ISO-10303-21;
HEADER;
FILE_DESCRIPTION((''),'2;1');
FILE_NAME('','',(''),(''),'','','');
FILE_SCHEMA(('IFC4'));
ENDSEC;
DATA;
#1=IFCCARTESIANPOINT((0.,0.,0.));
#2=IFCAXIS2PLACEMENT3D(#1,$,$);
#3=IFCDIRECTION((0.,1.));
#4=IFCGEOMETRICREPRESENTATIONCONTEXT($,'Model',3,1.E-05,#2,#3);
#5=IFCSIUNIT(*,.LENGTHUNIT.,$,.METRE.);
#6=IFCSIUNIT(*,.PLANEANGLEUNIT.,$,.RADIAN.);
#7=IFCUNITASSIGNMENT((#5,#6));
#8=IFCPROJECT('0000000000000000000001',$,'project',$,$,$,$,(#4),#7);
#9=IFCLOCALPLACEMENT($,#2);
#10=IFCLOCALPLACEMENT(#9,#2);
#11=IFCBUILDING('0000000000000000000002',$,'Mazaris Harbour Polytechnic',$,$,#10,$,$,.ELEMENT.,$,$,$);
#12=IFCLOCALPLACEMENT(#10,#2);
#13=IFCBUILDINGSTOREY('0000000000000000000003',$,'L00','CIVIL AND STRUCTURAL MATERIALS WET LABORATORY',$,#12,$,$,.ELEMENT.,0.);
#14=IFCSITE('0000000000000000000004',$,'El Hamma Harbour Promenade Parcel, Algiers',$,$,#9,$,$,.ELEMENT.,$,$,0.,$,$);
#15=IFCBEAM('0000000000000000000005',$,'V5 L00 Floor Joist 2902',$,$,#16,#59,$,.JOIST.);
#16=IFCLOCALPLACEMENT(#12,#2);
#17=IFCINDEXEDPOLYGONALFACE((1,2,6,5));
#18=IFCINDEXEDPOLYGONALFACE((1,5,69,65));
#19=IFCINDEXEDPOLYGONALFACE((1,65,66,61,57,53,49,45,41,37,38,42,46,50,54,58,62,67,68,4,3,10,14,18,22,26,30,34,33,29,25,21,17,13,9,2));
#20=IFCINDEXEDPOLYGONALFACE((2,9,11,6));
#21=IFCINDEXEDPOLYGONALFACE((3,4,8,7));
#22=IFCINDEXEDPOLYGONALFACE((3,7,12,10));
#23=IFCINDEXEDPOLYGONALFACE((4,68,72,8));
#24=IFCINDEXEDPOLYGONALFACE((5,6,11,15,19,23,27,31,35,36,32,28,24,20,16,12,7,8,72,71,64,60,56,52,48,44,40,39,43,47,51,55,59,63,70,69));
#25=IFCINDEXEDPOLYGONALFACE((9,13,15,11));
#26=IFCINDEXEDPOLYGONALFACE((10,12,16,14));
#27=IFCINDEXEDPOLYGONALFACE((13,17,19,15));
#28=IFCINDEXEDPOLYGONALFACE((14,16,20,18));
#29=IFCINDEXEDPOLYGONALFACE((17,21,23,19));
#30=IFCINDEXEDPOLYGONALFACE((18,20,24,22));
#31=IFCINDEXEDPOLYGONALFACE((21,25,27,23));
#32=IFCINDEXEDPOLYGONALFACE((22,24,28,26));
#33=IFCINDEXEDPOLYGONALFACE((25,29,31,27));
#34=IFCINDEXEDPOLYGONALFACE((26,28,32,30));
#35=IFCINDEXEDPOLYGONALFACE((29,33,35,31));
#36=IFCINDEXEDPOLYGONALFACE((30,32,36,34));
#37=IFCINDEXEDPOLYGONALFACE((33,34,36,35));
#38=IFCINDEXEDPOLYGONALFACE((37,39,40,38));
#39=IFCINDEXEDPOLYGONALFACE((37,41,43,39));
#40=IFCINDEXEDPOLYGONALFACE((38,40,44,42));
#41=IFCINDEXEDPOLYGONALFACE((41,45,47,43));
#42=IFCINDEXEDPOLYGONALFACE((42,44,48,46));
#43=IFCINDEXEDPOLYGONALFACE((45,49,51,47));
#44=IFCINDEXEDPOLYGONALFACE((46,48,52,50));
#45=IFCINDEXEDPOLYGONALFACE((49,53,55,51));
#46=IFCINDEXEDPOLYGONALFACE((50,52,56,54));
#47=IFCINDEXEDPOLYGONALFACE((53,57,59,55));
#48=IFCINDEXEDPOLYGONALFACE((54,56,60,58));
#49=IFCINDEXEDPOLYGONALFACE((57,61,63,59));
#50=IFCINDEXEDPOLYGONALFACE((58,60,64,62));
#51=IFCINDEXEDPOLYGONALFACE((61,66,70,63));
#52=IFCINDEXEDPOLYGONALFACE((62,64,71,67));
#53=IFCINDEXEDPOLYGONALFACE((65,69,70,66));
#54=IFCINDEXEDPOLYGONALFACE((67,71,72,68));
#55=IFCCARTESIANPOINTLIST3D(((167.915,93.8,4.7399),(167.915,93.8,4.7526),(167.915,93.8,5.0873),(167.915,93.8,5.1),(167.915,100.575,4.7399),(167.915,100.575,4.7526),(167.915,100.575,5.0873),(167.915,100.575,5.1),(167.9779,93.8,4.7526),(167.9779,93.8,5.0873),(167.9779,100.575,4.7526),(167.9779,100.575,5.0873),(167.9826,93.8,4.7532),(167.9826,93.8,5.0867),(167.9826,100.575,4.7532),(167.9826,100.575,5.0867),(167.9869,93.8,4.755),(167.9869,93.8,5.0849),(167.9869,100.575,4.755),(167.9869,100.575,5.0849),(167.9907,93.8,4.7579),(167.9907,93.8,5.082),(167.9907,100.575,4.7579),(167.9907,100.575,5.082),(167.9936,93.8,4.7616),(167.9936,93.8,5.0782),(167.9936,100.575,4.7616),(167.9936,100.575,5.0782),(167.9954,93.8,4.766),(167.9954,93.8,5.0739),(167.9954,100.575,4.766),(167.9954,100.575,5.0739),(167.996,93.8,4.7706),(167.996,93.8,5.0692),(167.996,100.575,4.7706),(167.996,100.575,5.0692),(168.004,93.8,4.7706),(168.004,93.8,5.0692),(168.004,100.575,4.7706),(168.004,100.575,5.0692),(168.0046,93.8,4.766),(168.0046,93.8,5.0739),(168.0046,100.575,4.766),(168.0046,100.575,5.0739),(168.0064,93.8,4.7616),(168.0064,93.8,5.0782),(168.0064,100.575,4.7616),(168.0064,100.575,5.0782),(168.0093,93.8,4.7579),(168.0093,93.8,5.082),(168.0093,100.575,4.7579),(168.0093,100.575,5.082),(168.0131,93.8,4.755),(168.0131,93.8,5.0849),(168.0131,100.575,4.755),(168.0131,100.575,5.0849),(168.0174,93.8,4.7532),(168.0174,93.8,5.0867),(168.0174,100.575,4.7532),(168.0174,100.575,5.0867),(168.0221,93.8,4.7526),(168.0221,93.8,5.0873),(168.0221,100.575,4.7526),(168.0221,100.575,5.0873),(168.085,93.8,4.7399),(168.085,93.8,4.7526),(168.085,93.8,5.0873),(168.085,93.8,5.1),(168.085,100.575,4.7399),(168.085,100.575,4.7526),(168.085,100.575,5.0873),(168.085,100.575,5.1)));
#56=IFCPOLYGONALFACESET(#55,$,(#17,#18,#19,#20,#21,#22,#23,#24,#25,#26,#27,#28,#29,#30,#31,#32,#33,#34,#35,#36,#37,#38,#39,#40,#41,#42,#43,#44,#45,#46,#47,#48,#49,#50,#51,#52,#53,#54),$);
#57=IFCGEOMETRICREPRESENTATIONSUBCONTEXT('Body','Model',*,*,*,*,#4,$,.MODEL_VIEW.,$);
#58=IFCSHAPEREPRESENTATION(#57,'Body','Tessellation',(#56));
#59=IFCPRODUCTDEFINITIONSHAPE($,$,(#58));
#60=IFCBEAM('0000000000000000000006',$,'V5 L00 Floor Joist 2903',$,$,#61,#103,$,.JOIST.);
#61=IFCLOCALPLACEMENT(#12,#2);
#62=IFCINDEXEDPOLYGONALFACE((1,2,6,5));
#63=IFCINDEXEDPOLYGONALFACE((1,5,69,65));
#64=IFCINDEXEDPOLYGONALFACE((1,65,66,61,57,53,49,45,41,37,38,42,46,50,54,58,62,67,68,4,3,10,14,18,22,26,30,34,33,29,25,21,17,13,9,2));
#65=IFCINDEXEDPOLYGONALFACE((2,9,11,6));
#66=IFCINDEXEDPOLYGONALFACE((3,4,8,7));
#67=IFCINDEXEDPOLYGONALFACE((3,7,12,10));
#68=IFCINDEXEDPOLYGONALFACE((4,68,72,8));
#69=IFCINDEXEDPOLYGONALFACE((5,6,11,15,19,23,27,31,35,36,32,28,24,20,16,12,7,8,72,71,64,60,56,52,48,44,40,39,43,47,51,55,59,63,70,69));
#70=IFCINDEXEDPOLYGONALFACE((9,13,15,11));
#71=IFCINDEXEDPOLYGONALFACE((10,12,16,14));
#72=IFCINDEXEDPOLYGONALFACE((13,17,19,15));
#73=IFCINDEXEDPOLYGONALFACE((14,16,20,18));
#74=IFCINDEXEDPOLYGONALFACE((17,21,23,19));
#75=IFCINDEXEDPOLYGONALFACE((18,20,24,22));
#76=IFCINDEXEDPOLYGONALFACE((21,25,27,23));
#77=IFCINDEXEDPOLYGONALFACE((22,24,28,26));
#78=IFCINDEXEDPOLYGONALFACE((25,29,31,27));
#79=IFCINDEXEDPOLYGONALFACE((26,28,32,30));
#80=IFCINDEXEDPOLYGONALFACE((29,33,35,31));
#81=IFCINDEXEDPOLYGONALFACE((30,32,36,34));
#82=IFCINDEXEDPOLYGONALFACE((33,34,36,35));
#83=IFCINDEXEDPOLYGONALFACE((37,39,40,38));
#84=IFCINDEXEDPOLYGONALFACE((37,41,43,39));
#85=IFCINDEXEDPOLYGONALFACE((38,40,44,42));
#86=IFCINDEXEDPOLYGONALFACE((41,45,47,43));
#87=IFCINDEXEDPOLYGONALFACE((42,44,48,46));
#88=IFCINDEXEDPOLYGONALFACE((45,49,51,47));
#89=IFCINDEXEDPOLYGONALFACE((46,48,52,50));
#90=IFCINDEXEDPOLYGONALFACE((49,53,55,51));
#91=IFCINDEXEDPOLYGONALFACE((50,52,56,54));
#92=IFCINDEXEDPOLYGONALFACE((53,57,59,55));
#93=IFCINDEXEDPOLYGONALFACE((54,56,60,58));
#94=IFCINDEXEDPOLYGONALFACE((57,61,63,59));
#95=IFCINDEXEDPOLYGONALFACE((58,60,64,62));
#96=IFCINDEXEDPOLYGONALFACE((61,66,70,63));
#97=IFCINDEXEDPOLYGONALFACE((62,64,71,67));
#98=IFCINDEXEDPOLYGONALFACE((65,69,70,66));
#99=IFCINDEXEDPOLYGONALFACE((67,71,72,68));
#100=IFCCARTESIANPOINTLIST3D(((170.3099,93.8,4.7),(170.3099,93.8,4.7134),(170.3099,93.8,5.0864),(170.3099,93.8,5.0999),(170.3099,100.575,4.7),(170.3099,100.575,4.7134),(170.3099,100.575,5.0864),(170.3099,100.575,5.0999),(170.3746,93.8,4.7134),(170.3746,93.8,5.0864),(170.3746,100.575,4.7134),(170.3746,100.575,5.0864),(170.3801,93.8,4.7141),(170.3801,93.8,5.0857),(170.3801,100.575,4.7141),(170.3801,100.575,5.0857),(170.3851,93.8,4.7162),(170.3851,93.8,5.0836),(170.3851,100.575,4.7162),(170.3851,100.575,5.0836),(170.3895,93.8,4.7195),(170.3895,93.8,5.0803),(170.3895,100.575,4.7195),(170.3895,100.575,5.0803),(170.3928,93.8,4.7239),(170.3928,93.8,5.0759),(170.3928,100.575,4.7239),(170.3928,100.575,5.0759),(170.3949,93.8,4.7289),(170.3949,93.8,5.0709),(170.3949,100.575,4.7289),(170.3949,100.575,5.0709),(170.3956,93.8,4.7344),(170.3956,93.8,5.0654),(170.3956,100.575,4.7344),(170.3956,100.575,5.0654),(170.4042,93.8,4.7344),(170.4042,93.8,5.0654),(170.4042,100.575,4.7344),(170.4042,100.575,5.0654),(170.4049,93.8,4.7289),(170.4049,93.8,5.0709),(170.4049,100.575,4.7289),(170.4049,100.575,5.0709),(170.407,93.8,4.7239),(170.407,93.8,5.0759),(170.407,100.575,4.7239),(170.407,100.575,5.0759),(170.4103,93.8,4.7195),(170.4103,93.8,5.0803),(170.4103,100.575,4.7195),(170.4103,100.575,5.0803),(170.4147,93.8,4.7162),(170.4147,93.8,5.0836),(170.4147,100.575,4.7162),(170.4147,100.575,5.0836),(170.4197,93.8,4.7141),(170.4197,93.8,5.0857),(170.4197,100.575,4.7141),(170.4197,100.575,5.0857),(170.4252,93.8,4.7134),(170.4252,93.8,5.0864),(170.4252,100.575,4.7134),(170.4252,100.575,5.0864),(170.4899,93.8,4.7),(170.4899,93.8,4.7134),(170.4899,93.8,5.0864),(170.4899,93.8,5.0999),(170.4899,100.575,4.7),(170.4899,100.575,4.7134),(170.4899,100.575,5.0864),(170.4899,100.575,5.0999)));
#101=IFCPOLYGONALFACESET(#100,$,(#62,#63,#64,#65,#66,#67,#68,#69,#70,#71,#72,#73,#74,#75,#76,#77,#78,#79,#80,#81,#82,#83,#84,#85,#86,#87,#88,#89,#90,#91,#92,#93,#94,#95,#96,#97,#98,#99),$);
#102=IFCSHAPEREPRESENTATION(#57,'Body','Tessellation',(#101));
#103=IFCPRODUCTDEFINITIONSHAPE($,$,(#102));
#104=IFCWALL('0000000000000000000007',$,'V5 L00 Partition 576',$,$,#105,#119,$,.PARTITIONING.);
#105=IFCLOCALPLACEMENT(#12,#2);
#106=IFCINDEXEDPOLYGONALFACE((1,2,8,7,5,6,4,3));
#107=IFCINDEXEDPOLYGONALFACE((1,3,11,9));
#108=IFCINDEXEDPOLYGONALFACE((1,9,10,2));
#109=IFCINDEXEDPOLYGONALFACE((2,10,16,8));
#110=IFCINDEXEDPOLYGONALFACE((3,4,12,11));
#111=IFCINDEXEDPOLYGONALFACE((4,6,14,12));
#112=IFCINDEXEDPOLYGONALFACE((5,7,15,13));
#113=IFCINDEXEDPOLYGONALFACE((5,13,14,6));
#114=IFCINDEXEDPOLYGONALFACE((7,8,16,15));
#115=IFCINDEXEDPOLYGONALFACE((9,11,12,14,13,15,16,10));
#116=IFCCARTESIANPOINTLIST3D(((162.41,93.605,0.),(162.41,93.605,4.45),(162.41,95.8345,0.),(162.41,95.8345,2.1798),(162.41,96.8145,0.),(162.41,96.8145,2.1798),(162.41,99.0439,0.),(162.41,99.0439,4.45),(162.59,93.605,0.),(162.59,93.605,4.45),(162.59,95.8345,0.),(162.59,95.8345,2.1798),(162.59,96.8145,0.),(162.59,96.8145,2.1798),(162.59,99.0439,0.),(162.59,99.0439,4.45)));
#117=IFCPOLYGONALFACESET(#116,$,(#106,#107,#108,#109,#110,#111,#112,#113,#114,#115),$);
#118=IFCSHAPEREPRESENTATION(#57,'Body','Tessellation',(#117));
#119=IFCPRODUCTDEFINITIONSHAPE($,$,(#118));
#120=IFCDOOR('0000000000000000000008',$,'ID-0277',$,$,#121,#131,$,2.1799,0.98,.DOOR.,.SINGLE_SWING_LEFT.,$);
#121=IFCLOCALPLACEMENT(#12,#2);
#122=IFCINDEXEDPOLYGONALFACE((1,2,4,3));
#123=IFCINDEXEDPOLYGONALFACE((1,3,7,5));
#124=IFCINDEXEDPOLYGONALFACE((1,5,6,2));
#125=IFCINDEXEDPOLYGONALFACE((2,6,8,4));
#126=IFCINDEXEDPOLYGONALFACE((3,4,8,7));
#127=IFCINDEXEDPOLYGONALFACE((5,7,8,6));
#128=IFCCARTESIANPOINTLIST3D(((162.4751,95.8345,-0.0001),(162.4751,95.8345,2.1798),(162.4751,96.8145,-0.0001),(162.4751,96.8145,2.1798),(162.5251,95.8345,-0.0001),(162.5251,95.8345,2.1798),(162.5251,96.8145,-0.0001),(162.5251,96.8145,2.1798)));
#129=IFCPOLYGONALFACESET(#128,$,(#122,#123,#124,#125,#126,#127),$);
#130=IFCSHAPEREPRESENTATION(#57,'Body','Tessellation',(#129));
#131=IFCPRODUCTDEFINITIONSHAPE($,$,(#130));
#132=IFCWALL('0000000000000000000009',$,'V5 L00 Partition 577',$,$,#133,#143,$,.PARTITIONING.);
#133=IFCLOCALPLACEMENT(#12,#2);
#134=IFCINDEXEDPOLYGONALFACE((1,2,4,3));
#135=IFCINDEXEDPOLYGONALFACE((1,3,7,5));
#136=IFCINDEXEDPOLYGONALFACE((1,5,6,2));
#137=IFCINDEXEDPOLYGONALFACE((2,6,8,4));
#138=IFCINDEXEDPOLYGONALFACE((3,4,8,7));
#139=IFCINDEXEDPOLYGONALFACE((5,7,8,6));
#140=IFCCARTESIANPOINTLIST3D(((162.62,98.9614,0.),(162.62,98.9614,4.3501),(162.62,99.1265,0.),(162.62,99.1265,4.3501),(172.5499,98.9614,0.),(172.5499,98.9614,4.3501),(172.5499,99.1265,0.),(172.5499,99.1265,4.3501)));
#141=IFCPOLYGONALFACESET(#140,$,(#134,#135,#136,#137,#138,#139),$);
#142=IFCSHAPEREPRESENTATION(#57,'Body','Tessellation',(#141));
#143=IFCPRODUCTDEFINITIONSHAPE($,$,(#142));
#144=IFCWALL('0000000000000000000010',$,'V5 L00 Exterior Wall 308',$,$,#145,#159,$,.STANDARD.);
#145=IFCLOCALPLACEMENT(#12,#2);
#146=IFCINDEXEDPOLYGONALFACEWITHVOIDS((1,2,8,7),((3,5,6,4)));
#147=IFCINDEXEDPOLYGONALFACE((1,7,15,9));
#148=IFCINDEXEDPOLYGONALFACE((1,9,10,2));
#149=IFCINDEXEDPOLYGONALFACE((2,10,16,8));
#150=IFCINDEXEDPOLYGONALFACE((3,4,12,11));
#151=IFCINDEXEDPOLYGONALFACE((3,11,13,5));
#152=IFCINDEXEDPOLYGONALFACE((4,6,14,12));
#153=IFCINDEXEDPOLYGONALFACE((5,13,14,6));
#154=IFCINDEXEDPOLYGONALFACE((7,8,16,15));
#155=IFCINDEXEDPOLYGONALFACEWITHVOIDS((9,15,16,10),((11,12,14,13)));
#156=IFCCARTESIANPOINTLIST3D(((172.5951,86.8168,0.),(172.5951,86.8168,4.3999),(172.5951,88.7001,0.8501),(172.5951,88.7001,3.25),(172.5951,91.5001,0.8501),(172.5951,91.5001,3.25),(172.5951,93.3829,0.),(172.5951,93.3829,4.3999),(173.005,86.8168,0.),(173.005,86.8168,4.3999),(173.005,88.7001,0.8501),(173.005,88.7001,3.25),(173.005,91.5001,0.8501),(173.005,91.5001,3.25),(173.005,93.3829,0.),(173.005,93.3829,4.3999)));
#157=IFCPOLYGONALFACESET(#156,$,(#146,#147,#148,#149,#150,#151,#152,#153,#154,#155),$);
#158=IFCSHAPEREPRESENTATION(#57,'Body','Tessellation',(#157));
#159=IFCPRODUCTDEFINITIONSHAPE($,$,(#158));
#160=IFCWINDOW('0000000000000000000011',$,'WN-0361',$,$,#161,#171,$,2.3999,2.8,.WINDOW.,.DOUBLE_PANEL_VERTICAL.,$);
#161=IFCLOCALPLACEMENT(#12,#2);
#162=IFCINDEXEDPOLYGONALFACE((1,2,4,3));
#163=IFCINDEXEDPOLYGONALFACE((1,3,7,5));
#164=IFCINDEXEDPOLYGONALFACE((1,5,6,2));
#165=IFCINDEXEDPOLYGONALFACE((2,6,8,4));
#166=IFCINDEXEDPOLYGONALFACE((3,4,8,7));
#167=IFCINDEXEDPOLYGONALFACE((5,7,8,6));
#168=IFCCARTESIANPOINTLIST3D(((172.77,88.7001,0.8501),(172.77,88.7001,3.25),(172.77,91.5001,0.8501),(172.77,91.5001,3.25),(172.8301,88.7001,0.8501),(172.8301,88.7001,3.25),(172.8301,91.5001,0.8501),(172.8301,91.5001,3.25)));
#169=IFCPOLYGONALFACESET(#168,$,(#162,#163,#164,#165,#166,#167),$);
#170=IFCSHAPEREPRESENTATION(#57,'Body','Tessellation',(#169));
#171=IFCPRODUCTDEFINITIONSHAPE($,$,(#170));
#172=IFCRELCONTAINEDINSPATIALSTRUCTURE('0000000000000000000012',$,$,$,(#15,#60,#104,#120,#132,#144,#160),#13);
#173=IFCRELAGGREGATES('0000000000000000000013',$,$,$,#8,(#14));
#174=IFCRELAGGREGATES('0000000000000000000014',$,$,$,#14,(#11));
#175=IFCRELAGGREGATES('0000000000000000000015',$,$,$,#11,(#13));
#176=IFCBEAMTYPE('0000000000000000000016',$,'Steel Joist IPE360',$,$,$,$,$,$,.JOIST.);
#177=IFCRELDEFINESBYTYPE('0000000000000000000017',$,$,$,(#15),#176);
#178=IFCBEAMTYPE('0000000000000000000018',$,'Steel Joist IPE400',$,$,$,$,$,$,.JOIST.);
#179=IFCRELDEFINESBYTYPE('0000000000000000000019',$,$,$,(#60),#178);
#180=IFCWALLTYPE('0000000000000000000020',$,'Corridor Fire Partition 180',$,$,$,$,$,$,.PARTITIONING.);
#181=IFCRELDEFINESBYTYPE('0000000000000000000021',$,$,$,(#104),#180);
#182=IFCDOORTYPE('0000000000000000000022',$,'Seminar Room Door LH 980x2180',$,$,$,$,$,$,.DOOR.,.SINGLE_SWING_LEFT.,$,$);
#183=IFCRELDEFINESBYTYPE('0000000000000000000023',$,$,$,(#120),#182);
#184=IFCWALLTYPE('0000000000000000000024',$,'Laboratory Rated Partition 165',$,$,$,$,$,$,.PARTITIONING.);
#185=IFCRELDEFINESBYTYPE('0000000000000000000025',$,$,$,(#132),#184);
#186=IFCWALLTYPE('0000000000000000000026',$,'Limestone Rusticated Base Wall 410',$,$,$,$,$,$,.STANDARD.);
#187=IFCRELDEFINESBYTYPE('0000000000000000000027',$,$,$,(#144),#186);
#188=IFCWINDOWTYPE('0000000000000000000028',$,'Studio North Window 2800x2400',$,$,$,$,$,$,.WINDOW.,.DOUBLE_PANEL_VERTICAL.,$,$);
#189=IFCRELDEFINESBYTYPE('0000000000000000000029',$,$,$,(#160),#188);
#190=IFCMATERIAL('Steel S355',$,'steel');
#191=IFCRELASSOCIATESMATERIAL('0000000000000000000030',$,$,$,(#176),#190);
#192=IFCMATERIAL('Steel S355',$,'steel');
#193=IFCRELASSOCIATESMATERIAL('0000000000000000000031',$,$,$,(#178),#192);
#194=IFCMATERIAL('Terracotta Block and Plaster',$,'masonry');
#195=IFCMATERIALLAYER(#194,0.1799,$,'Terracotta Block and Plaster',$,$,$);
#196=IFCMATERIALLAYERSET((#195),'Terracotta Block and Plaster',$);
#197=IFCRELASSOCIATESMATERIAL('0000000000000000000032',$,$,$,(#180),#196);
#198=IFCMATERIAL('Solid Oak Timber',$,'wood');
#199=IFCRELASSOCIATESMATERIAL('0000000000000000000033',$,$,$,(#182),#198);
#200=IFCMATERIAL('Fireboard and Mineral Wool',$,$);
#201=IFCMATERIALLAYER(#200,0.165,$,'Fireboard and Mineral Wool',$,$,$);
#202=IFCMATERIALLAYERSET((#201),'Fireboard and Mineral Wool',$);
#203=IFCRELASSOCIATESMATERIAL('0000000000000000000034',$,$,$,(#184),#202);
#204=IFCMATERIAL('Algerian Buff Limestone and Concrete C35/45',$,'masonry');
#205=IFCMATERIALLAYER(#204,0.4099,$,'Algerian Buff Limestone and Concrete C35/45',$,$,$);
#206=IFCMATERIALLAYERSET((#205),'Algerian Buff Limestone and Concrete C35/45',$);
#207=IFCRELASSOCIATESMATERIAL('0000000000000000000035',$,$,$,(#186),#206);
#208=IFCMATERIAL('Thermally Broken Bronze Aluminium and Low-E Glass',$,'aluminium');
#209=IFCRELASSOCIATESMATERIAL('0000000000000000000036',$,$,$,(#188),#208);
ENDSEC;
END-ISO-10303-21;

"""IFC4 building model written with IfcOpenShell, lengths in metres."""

from ifc_helpers import new_model, si_unit, direction, frame, frame_2d, origin, origin_2d, place, context, subcontext, project, spatial, rectangle, i_section, extrude, material, layer, layer_set, material_profile, profile_set, type_object, element, fill, save


model = new_model("IFC4")

# Units and contexts
model_context = context("Model", 3, precision=1e-05, world=origin(), true_north=direction((0.0, 1.0)))
body_context = subcontext(model_context, "Body", "Model", "MODEL_VIEW")
ifc_project = project(units=[si_unit("LENGTHUNIT", "METRE"), si_unit("PLANEANGLEUNIT", "RADIAN")], contexts=[model_context])

# Site, building, storey
site_placement = place(None, origin())
site = spatial("IfcSite", under=ifc_project, at=site_placement, Name="El Hamma Harbour Promenade Parcel, Algiers", CompositionType="ELEMENT", RefElevation=0.0)
building_placement = place(site_placement, origin())
building = spatial("IfcBuilding", under=site, at=building_placement, Name="Mazaris Harbour Polytechnic", CompositionType="ELEMENT")
storey_placement = place(building_placement, origin())
storey = spatial("IfcBuildingStorey", under=building, at=storey_placement, Name="L00", Description="CIVIL AND STRUCTURAL MATERIALS WET LABORATORY", CompositionType="ELEMENT", Elevation=0.0)

# Beams
ifc_material_1 = material(Name="Steel S355", Category="steel")
ifc_material_profile_1 = material_profile(ifc_material_1, i_section(OverallWidth=0.1699, OverallDepth=0.3601, WebThickness=0.0081, FlangeThickness=0.0127, FilletRadius=0.0181, at=origin_2d()), Name="IPE 360")
ifc_profile_set_1 = profile_set([ifc_material_profile_1], Name="Steel S355")
beam_type_1 = type_object("IfcBeamType", Name="Steel Joist IPE360", PredefinedType="JOIST", material=ifc_profile_set_1)
for number, where, z_axis, x_axis, name in (
    (1, (168.0, 93.8, 4.9199), (0.0, 1.0, 0.0), (-1.0, 0.0, 0.0), "V5 L00 Floor Joist 2902"),
):
    element("IfcBeam", number, at=place(storey_placement, frame(where, z_axis=z_axis, x_axis=x_axis)), inside=storey, type_object=beam_type_1, Name=name, PredefinedType="JOIST", context=body_context, shape_type="SweptSolid", body=[
        extrude(i_section(OverallWidth=0.1699, OverallDepth=0.3601, WebThickness=0.0081, FlangeThickness=0.0127, FilletRadius=0.0181, at=origin_2d()), origin(), (0.0, 0.0, 1.0), 6.7749),
    ])
ifc_material_2 = material(Name="Steel S355", Category="steel")
ifc_material_profile_2 = material_profile(ifc_material_2, i_section(OverallWidth=0.1799, OverallDepth=0.3999, WebThickness=0.0085, FlangeThickness=0.0134, FilletRadius=0.021, at=origin_2d()), Name="IPE 400")
ifc_profile_set_2 = profile_set([ifc_material_profile_2], Name="Steel S355")
beam_type_2 = type_object("IfcBeamType", Name="Steel Joist IPE400", PredefinedType="JOIST", material=ifc_profile_set_2)
beam_1_placement = place(storey_placement, frame((170.3999, 93.8, 4.8999), z_axis=(0.0, 1.0, 0.0), x_axis=(-1.0, 0.0, 0.0)))
element("IfcBeam", 2, at=beam_1_placement, inside=storey, type_object=beam_type_2, Name="V5 L00 Floor Joist 2903", PredefinedType="JOIST", context=body_context, shape_type="SweptSolid", body=[
    extrude(i_section(OverallWidth=0.1799, OverallDepth=0.3999, WebThickness=0.0085, FlangeThickness=0.0134, FilletRadius=0.021, at=origin_2d()), origin(), (0.0, 0.0, 1.0), 6.7749),
])

# Wall, opening, door
ifc_material_3 = material(Name="Terracotta Block and Plaster", Category="masonry")
ifc_layer_1 = layer(ifc_material_3, 0.1799, Name="Terracotta Block and Plaster")
ifc_layer_set_1 = layer_set([ifc_layer_1], Name="Terracotta Block and Plaster")
wall_type_1 = type_object("IfcWallType", Name="Corridor Fire Partition 180", PredefinedType="PARTITIONING", material=ifc_layer_set_1)
wall_1_placement = place(storey_placement, frame((162.5, 93.605, 0.0), z_axis=(0.0, 0.0, 1.0), x_axis=(0.0, 1.0, 0.0)))
wall_1 = element("IfcWall", 3, at=wall_1_placement, inside=storey, type_object=wall_type_1, Name="V5 L00 Partition 576", PredefinedType="PARTITIONING", context=body_context, shape_type="SweptSolid", body=[
    extrude(rectangle(XDim=5.439, YDim=0.1799, at=frame_2d((2.7195, 0.0))), origin(), (0.0, 0.0, 1.0), 4.45),
])
opening_1_placement = place(wall_1_placement, frame((2.2295, 0.0, 0.0)))
opening_1 = element("IfcOpeningElement", 4, at=opening_1_placement, cuts=wall_1, PredefinedType="OPENING", context=body_context, shape_type="SweptSolid", body=[
    extrude(rectangle(XDim=0.98, YDim=2.1799, at=frame_2d((0.49, 1.0898))), frame((0.0, 0.0999, 0.0), z_axis=(0.0, -1.0, 0.0), x_axis=(1.0, 0.0, 0.0)), (0.0, 0.0, 1.0), 0.2),
])
ifc_material_4 = material(Name="Solid Oak Timber", Category="wood")
door_type_1 = type_object("IfcDoorType", Name="Seminar Room Door LH 980x2180", OperationType="SINGLE_SWING_LEFT", PredefinedType="DOOR", material=ifc_material_4)
door_1_placement = place(opening_1_placement, origin())
door_1 = element("IfcDoor", 5, at=door_1_placement, inside=storey, type_object=door_type_1, Name="ID-0277", OperationType="SINGLE_SWING_LEFT", OverallHeight=2.1799, OverallWidth=0.98, PredefinedType="DOOR", context=body_context, shape_type="SweptSolid", body=[
    extrude(rectangle(XDim=0.98, YDim=2.1799, at=frame_2d((0.49, 1.0898))), frame((0.0, 0.0249, 0.0), z_axis=(0.0, -1.0, 0.0), x_axis=(1.0, 0.0, 0.0)), (0.0, 0.0, 1.0), 0.05),
])
fill(opening_1, door_1)

# Wall
ifc_material_5 = material(Name="Fireboard and Mineral Wool")
ifc_layer_2 = layer(ifc_material_5, 0.165, Name="Fireboard and Mineral Wool")
ifc_layer_set_2 = layer_set([ifc_layer_2], Name="Fireboard and Mineral Wool")
wall_type_2 = type_object("IfcWallType", Name="Laboratory Rated Partition 165", PredefinedType="PARTITIONING", material=ifc_layer_set_2)
wall_2_placement = place(storey_placement, frame((162.6201, 99.0439, 0.0), z_axis=(0.0, 0.0, 1.0), x_axis=(1.0, 0.0, 0.0)))
element("IfcWall", 6, at=wall_2_placement, inside=storey, type_object=wall_type_2, Name="V5 L00 Partition 577", PredefinedType="PARTITIONING", context=body_context, shape_type="SweptSolid", body=[
    extrude(rectangle(XDim=9.9299, YDim=0.165, at=frame_2d((4.9648, 0.0))), origin(), (0.0, 0.0, 1.0), 4.3501),
])

# Wall, opening, window
ifc_material_6 = material(Name="Algerian Buff Limestone and Concrete C35/45", Category="masonry")
ifc_layer_3 = layer(ifc_material_6, 0.4099, Name="Algerian Buff Limestone and Concrete C35/45")
ifc_layer_set_3 = layer_set([ifc_layer_3], Name="Algerian Buff Limestone and Concrete C35/45")
wall_type_3 = type_object("IfcWallType", Name="Limestone Rusticated Base Wall 410", PredefinedType="STANDARD", material=ifc_layer_set_3)
wall_3_placement = place(storey_placement, frame((172.8, 93.3831, 0.0), z_axis=(0.0, 0.0, 1.0), x_axis=(0.0, -1.0, 0.0)))
wall_3 = element("IfcWall", 7, at=wall_3_placement, inside=storey, type_object=wall_type_3, Name="V5 L00 Exterior Wall 308", PredefinedType="STANDARD", context=body_context, shape_type="SweptSolid", body=[
    extrude(rectangle(XDim=6.5662, YDim=0.4099, at=frame_2d((3.2832, 0.0))), origin(), (0.0, 0.0, 1.0), 4.3999),
])
opening_2_placement = place(wall_3_placement, frame((1.8831, 0.0, 0.8501)))
opening_2 = element("IfcOpeningElement", 8, at=opening_2_placement, cuts=wall_3, PredefinedType="OPENING", context=body_context, shape_type="SweptSolid", body=[
    extrude(rectangle(XDim=2.8, YDim=2.3999, at=frame_2d((1.3999, 1.2))), frame((0.0, 0.2148, 0.0), z_axis=(0.0, -1.0, 0.0), x_axis=(1.0, 0.0, 0.0)), (0.0, 0.0, 1.0), 0.4299),
])
ifc_material_7 = material(Name="Thermally Broken Bronze Aluminium and Low-E Glass", Category="aluminium")
window_type = type_object("IfcWindowType", Name="Studio North Window 2800x2400", PartitioningType="DOUBLE_PANEL_VERTICAL", PredefinedType="WINDOW", material=ifc_material_7)
window_placement = place(opening_2_placement, origin())
window = element("IfcWindow", 9, at=window_placement, inside=storey, type_object=window_type, Name="WN-0361", OverallHeight=2.3999, OverallWidth=2.8, PartitioningType="DOUBLE_PANEL_VERTICAL", PredefinedType="WINDOW", context=body_context, shape_type="SweptSolid", body=[
    extrude(rectangle(XDim=2.8, YDim=2.3999, at=frame_2d((1.3999, 1.2))), frame((0.0, 0.03, 0.0), z_axis=(0.0, -1.0, 0.0), x_axis=(1.0, 0.0, 0.0)), (0.0, 0.0, 1.0), 0.0601),
])
fill(opening_2, window)

save(model, "model.ifc")
